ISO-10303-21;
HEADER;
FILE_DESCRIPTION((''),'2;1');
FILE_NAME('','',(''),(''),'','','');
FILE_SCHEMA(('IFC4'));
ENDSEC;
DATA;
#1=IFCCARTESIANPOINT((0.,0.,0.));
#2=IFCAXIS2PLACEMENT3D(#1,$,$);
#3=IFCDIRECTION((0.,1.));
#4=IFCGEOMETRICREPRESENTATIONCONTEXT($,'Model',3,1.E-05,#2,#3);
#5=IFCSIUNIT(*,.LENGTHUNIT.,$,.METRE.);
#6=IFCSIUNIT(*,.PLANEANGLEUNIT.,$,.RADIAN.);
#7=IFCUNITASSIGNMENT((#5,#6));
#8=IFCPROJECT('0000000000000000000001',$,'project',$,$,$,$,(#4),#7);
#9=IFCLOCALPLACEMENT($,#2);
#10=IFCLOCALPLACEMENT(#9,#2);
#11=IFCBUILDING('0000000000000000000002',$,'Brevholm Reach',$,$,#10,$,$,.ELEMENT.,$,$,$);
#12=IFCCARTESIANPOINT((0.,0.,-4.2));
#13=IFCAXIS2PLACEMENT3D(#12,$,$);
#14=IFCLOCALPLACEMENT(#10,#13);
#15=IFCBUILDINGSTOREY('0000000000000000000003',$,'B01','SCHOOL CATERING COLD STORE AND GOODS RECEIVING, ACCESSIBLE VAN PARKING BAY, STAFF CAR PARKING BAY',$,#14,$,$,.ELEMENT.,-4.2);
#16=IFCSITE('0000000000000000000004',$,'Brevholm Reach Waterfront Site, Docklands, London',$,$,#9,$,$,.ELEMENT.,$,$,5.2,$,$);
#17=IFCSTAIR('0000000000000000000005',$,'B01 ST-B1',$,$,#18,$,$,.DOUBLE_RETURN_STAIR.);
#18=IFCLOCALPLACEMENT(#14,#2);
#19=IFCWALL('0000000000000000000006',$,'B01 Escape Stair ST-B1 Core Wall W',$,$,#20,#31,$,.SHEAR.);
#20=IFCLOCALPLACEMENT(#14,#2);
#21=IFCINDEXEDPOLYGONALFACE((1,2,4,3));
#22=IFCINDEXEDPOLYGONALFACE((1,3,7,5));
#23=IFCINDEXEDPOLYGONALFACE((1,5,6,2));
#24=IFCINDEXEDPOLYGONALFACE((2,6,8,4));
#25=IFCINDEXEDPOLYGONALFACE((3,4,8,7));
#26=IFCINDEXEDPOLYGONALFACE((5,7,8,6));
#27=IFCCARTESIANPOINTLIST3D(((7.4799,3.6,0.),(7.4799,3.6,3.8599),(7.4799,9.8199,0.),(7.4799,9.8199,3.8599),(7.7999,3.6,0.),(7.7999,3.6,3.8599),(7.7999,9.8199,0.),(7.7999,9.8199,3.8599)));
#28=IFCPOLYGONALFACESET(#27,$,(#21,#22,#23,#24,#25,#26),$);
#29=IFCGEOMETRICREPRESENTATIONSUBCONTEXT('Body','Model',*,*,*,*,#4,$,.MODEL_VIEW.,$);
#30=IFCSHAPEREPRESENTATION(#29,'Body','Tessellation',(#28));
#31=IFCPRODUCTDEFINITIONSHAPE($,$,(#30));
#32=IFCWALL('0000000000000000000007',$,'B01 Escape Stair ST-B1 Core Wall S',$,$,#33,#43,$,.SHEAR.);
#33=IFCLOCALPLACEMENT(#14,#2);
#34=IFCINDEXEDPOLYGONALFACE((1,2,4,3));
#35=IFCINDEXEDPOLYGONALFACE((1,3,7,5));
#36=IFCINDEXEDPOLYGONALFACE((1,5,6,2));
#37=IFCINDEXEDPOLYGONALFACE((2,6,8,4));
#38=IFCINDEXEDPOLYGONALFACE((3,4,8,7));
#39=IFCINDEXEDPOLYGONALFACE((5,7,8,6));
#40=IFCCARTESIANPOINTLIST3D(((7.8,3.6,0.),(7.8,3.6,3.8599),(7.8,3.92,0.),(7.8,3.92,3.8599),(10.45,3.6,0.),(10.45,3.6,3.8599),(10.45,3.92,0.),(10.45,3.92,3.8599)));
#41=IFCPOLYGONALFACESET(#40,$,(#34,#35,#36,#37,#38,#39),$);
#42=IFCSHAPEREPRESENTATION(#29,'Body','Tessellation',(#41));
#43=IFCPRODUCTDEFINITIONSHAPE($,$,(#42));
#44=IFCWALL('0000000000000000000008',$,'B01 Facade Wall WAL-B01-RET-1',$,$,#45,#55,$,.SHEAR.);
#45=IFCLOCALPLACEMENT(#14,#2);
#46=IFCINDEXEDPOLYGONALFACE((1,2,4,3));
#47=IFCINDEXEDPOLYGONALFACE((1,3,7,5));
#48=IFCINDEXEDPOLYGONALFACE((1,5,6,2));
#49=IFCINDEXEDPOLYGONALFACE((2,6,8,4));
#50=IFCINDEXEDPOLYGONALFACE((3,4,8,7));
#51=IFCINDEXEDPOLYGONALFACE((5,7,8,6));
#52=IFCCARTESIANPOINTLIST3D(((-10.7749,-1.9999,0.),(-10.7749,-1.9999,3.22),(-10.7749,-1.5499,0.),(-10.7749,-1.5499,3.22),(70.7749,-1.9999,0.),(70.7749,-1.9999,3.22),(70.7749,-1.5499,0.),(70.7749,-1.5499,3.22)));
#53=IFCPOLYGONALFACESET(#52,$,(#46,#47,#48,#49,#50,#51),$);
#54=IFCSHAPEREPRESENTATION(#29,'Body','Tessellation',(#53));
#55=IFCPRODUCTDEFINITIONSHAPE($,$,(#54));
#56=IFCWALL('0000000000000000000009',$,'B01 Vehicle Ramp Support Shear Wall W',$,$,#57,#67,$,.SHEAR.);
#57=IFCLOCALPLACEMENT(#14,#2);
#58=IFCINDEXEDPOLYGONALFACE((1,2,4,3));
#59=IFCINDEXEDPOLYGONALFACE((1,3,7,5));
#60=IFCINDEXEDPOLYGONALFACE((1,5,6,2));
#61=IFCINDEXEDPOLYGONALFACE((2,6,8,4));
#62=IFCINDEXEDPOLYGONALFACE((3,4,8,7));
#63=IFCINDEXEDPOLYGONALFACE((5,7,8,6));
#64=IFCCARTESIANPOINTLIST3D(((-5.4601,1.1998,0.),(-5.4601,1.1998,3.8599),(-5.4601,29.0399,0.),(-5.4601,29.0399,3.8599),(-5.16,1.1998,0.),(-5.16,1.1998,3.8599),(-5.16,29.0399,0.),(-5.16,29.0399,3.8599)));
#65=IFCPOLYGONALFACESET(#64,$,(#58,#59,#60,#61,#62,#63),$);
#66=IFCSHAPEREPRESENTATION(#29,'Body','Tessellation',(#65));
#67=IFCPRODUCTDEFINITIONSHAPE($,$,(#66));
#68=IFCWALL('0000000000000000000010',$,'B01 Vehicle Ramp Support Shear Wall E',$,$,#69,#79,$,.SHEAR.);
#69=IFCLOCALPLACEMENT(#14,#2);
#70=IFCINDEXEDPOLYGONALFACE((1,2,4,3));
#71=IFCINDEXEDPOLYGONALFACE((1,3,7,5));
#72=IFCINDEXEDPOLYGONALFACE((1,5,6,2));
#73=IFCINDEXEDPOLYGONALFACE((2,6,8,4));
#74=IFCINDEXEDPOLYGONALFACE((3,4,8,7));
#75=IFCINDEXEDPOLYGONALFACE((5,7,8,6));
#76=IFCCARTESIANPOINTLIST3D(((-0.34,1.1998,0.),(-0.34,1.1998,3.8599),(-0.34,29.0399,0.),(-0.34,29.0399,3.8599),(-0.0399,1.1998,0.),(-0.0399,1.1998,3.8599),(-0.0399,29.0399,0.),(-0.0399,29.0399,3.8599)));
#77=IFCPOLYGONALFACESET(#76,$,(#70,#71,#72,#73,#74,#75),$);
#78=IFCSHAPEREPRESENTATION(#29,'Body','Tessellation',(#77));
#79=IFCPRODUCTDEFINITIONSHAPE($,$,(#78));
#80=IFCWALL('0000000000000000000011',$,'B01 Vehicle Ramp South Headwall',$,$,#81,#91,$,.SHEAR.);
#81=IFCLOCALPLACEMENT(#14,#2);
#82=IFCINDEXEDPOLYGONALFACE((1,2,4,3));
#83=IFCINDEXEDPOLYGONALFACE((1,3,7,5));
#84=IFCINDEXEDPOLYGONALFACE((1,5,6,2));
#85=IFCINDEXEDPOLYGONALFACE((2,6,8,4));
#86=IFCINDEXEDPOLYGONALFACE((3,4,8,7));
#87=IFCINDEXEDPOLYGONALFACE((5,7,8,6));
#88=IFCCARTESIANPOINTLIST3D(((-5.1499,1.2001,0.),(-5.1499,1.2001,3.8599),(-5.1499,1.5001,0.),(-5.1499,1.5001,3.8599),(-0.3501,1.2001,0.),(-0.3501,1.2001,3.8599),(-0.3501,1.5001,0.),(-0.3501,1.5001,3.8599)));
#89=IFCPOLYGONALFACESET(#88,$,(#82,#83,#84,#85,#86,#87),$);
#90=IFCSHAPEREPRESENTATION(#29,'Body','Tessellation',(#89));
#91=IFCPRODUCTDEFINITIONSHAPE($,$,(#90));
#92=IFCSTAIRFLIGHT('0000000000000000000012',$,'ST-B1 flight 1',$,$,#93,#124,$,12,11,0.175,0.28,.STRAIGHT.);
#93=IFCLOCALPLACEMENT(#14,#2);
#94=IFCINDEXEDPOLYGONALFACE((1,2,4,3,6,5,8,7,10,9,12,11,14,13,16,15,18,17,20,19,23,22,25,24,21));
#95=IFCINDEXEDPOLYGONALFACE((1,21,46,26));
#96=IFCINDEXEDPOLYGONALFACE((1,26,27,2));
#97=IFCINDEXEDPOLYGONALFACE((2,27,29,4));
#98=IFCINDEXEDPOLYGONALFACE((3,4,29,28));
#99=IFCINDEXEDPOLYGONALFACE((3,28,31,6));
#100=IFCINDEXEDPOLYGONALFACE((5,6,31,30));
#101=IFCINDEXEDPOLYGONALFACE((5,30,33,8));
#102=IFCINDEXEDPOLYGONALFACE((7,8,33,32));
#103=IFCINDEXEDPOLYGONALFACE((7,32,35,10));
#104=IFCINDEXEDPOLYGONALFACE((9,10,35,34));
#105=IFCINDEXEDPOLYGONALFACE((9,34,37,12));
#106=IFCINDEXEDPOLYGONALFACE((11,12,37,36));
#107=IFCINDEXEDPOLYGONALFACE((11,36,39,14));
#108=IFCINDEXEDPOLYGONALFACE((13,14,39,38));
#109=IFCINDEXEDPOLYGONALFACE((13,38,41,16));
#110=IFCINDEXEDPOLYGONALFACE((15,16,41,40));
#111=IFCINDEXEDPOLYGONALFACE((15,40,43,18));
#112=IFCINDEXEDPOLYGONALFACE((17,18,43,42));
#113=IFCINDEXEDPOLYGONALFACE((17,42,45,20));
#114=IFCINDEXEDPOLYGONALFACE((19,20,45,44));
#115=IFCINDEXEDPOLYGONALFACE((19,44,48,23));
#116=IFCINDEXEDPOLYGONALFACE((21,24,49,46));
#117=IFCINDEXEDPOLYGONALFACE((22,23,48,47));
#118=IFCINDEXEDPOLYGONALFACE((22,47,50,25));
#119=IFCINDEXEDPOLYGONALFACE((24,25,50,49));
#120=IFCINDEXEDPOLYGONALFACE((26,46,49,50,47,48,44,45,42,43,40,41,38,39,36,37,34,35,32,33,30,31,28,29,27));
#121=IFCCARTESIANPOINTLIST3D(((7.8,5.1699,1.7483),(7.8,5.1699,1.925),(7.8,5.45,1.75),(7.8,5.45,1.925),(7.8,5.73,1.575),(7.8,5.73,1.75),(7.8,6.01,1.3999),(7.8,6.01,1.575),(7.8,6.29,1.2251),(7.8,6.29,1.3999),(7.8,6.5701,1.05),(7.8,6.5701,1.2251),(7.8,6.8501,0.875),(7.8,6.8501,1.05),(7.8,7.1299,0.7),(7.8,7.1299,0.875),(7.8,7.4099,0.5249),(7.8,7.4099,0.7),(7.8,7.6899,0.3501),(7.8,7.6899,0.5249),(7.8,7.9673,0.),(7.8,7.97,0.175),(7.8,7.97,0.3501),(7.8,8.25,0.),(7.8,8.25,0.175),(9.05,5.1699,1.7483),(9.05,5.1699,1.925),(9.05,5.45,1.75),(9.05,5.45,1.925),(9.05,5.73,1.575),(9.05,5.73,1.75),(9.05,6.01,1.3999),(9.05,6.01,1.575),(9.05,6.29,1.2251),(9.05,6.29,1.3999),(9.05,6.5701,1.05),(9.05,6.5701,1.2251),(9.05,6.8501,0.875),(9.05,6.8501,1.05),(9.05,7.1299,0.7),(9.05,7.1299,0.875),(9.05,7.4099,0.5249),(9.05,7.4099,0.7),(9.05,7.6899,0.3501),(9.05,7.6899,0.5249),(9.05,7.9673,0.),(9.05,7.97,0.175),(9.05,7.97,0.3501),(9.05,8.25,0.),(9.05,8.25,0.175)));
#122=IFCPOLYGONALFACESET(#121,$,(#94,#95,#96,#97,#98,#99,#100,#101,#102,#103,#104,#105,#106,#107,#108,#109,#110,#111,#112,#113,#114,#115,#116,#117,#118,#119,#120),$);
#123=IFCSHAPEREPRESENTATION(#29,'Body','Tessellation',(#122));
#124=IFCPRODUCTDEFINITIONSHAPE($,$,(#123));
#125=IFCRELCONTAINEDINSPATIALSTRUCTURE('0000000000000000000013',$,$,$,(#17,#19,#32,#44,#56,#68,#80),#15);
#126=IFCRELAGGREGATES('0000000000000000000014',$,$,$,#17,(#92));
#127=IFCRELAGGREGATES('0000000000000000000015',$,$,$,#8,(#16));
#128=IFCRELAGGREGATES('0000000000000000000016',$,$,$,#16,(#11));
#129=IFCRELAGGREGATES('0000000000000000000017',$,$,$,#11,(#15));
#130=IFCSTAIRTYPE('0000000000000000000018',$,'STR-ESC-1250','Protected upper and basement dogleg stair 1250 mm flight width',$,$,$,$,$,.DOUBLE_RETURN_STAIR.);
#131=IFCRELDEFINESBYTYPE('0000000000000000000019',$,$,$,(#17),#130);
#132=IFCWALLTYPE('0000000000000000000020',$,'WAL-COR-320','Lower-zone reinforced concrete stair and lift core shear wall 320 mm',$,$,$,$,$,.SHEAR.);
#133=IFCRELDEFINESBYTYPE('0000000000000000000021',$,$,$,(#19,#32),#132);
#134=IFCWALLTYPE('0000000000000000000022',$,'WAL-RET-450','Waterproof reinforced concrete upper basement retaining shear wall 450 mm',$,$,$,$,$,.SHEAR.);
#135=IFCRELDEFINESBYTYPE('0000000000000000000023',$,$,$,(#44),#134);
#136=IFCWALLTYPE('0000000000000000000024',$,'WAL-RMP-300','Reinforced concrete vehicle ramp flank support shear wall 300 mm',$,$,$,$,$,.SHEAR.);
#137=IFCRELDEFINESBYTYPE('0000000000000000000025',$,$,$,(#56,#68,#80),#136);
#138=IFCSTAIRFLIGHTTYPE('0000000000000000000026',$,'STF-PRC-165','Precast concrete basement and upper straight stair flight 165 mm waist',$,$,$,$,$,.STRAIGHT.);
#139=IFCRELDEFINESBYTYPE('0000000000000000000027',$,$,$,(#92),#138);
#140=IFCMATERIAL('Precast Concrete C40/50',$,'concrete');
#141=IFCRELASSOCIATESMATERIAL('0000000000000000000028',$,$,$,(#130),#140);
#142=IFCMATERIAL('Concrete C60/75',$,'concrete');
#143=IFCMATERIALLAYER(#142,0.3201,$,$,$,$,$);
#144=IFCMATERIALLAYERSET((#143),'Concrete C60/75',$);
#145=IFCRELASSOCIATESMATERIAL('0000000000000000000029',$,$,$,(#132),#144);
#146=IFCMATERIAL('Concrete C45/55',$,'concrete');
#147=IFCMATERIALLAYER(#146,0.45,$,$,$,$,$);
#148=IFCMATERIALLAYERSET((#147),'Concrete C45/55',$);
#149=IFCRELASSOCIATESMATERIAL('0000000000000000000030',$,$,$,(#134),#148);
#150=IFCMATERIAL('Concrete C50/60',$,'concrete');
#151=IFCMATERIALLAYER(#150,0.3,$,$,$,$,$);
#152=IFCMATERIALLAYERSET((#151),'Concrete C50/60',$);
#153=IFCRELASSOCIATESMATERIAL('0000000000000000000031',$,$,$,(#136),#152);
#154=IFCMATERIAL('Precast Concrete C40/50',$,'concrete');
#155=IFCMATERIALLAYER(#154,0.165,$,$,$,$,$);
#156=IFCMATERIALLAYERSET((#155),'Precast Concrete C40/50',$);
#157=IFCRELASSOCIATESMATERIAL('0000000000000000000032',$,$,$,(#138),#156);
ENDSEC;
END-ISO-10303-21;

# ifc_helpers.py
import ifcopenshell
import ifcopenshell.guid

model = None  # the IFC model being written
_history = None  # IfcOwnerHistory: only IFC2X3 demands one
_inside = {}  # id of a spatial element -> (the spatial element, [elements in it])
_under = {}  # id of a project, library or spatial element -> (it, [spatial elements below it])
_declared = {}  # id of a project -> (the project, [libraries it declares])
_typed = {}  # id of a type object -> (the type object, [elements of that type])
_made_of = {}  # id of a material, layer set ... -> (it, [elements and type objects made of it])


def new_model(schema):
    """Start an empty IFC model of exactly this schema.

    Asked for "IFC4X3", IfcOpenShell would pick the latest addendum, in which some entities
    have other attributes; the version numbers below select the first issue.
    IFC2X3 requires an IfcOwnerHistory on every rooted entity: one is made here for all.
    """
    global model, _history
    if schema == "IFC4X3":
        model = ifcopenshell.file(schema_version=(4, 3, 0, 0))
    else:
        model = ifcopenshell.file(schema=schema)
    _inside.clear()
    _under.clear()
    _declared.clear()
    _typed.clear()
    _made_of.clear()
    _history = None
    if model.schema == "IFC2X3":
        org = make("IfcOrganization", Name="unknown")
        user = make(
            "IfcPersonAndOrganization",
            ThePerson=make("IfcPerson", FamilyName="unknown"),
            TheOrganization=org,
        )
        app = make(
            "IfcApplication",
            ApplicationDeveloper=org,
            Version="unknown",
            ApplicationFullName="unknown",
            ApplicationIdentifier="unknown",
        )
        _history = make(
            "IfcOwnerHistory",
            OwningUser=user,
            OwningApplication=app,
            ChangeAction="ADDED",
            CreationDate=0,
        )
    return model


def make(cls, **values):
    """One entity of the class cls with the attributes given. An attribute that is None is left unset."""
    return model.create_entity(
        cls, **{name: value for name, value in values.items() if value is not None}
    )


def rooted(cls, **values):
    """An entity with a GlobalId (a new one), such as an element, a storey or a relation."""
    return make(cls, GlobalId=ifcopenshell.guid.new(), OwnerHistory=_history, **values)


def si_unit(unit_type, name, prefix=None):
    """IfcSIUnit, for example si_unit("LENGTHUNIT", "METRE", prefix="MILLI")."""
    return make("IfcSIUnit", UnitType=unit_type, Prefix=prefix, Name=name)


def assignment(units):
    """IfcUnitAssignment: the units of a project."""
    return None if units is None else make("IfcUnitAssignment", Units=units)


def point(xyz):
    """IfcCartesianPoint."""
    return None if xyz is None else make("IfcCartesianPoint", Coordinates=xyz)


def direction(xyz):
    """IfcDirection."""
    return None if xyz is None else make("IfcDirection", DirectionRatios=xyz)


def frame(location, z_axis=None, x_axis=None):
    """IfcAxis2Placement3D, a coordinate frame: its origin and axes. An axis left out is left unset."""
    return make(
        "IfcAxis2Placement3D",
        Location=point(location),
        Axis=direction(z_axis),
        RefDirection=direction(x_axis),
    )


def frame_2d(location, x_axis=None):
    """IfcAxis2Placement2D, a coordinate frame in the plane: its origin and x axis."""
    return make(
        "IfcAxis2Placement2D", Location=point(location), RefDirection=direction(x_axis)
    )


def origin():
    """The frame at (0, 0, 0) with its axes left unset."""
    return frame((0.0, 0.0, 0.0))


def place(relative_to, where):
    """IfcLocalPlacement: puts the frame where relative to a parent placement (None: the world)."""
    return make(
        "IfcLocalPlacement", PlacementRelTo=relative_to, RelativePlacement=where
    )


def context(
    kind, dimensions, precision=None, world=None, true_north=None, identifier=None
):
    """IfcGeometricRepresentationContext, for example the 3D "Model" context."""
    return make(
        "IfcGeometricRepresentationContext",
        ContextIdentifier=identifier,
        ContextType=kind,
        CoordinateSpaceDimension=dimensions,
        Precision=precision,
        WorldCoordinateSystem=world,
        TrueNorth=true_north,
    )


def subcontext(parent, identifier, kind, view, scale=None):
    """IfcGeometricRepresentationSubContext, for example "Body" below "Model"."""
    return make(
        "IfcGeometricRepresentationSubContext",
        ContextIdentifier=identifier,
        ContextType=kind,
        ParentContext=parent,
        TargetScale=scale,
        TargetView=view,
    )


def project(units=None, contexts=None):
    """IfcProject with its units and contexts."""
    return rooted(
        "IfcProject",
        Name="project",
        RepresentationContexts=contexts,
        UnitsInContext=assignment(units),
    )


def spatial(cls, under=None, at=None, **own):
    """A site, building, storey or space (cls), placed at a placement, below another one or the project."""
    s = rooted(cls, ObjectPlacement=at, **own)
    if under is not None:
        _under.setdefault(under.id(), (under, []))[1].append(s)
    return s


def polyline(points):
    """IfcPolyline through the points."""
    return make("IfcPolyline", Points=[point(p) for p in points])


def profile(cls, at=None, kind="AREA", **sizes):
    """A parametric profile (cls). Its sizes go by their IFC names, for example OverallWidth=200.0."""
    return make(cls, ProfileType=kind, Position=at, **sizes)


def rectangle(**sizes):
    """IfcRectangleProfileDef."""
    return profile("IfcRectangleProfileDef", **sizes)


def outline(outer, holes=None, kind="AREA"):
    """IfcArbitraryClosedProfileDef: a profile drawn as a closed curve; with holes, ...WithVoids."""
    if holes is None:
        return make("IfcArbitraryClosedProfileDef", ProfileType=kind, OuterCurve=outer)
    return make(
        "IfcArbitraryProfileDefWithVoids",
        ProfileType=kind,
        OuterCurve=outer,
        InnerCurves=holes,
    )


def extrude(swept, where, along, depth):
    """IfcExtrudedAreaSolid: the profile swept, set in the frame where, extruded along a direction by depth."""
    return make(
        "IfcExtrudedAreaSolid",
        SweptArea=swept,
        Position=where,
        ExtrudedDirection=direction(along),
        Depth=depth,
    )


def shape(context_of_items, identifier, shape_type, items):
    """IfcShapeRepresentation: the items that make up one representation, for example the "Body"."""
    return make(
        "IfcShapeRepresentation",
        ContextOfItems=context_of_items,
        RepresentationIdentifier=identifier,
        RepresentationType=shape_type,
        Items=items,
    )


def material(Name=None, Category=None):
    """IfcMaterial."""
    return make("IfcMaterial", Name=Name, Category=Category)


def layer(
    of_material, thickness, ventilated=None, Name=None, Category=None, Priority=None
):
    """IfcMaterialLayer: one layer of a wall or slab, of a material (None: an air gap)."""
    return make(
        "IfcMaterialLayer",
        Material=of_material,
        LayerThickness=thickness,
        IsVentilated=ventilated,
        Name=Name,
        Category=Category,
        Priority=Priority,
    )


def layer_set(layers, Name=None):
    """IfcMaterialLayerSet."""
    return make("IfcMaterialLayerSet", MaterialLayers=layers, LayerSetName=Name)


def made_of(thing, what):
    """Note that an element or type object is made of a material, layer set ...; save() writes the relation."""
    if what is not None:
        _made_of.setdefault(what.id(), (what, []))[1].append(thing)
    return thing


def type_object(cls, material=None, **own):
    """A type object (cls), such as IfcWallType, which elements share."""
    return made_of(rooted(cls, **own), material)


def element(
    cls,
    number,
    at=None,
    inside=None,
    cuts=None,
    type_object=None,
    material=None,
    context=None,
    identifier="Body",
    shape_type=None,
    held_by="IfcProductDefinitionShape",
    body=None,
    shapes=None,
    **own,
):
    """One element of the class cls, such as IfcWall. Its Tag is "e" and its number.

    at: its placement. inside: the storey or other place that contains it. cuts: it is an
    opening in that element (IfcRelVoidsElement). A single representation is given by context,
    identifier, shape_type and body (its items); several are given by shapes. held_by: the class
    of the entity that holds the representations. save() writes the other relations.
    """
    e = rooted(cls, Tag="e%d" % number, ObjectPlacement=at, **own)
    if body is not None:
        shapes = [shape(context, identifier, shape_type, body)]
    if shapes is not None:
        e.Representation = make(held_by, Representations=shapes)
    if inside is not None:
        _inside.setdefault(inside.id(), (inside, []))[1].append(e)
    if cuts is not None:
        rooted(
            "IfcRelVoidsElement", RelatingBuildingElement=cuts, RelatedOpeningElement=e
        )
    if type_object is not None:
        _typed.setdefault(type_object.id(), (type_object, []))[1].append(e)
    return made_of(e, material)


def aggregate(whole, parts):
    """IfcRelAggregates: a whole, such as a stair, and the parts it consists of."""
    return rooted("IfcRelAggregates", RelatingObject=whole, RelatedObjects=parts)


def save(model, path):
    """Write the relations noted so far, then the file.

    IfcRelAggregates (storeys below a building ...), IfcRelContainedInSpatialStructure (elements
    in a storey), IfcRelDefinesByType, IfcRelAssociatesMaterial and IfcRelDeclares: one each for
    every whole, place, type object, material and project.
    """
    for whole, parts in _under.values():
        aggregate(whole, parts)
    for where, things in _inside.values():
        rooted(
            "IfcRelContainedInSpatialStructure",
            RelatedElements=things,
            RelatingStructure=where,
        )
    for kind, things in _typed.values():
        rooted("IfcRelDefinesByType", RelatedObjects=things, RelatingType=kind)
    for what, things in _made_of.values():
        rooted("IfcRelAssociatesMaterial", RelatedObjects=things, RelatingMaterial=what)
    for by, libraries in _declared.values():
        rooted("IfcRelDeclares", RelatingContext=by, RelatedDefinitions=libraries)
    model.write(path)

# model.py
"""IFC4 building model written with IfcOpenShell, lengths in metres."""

from ifc_helpers import new_model, si_unit, direction, frame, frame_2d, origin, place, context, subcontext, project, spatial, polyline, rectangle, outline, extrude, material, layer, layer_set, type_object, element, aggregate, save


model = new_model("IFC4")

# Units and contexts
model_context = context("Model", 3, precision=1e-05, world=origin(), true_north=direction((0.0, 1.0)))
body_context = subcontext(model_context, "Body", "Model", "MODEL_VIEW")
ifc_project = project(units=[si_unit("LENGTHUNIT", "METRE"), si_unit("PLANEANGLEUNIT", "RADIAN")], contexts=[model_context])

# Site, building, storey
site_placement = place(None, origin())
site = spatial("IfcSite", under=ifc_project, at=site_placement, Name="Brevholm Reach Waterfront Site, Docklands, London", CompositionType="ELEMENT", RefElevation=5.2)
building_placement = place(site_placement, origin())
building = spatial("IfcBuilding", under=site, at=building_placement, Name="Brevholm Reach", CompositionType="ELEMENT")
storey_placement = place(building_placement, frame((0.0, 0.0, -4.2)))
storey = spatial("IfcBuildingStorey", under=building, at=storey_placement, Name="B01", Description="SCHOOL CATERING COLD STORE AND GOODS RECEIVING, ACCESSIBLE VAN PARKING BAY, STAFF CAR PARKING BAY", CompositionType="ELEMENT", Elevation=-4.2)

# Stair
ifc_material_1 = material(Name="Precast Concrete C40/50", Category="concrete")
stair_type_1 = type_object("IfcStairType", Name="STR-ESC-1250", Description="Protected upper and basement dogleg stair 1250 mm flight width", PredefinedType="DOUBLE_RETURN_STAIR", material=ifc_material_1)
stair_1_placement = place(storey_placement, origin())
stair_1 = element("IfcStair", 1, at=stair_1_placement, inside=storey, type_object=stair_type_1, Name="B01 ST-B1", PredefinedType="DOUBLE_RETURN_STAIR")

# Walls
ifc_material_2 = material(Name="Concrete C60/75", Category="concrete")
ifc_layer_1 = layer(ifc_material_2, 0.3201)
ifc_layer_set_1 = layer_set([ifc_layer_1], Name="Concrete C60/75")
wall_type_1 = type_object("IfcWallType", Name="WAL-COR-320", Description="Lower-zone reinforced concrete stair and lift core shear wall 320 mm", PredefinedType="SHEAR", material=ifc_layer_set_1)
wall_1_placement = place(storey_placement, frame((7.6399, 3.6001, 0.0), z_axis=(0.0, 0.0, 1.0), x_axis=(0.0, 1.0, 0.0)))
element("IfcWall", 2, at=wall_1_placement, inside=storey, type_object=wall_type_1, Name="B01 Escape Stair ST-B1 Core Wall W", PredefinedType="SHEAR", context=body_context, shape_type="SweptSolid", body=[
    extrude(rectangle(XDim=6.22, YDim=0.3201, at=frame_2d((3.1099, 0.0))), origin(), (0.0, 0.0, 1.0), 3.8599),
])
wall_2_placement = place(storey_placement, frame((7.8, 3.76, 0.0), z_axis=(0.0, 0.0, 1.0), x_axis=(1.0, 0.0, 0.0)))
element("IfcWall", 3, at=wall_2_placement, inside=storey, type_object=wall_type_1, Name="B01 Escape Stair ST-B1 Core Wall S", PredefinedType="SHEAR", context=body_context, shape_type="SweptSolid", body=[
    extrude(rectangle(XDim=2.6499, YDim=0.3201, at=frame_2d((1.325, 0.0))), origin(), (0.0, 0.0, 1.0), 3.8599),
])
ifc_material_3 = material(Name="Concrete C45/55", Category="concrete")
ifc_layer_2 = layer(ifc_material_3, 0.45)
ifc_layer_set_2 = layer_set([ifc_layer_2], Name="Concrete C45/55")
wall_type_2 = type_object("IfcWallType", Name="WAL-RET-450", Description="Waterproof reinforced concrete upper basement retaining shear wall 450 mm", PredefinedType="SHEAR", material=ifc_layer_set_2)
wall_3_placement = place(storey_placement, frame((-10.7749, -1.7749, 0.0), z_axis=(0.0, 0.0, 1.0), x_axis=(1.0, 0.0, 0.0)))
element("IfcWall", 4, at=wall_3_placement, inside=storey, type_object=wall_type_2, Name="B01 Facade Wall WAL-B01-RET-1", PredefinedType="SHEAR", context=body_context, shape_type="SweptSolid", body=[
    extrude(rectangle(XDim=81.5498, YDim=0.45, at=frame_2d((40.7749, 0.0))), origin(), (0.0, 0.0, 1.0), 3.22),
])
ifc_material_4 = material(Name="Concrete C50/60", Category="concrete")
ifc_layer_3 = layer(ifc_material_4, 0.3)
ifc_layer_set_3 = layer_set([ifc_layer_3], Name="Concrete C50/60")
wall_type_3 = type_object("IfcWallType", Name="WAL-RMP-300", Description="Reinforced concrete vehicle ramp flank support shear wall 300 mm", PredefinedType="SHEAR", material=ifc_layer_set_3)
for number, where, z_axis, x_axis, name in (
    (5, (-5.3101, 1.2, 0.0), (0.0, 0.0, 1.0), (0.0, 1.0, 0.0), "B01 Vehicle Ramp Support Shear Wall W"),
    (6, (-0.1899, 1.2, 0.0), (0.0, 0.0, 1.0), (0.0, 1.0, 0.0), "B01 Vehicle Ramp Support Shear Wall E"),
):
    element("IfcWall", number, at=place(storey_placement, frame(where, z_axis=z_axis, x_axis=x_axis)), inside=storey, type_object=wall_type_3, Name=name, PredefinedType="SHEAR", context=body_context, shape_type="SweptSolid", body=[
        extrude(rectangle(XDim=27.8401, YDim=0.3, at=frame_2d((13.9199, 0.0))), origin(), (0.0, 0.0, 1.0), 3.8599),
    ])
wall_4_placement = place(storey_placement, frame((-5.1499, 1.3501, 0.0), z_axis=(0.0, 0.0, 1.0), x_axis=(1.0, 0.0, 0.0)))
element("IfcWall", 7, at=wall_4_placement, inside=storey, type_object=wall_type_3, Name="B01 Vehicle Ramp South Headwall", PredefinedType="SHEAR", context=body_context, shape_type="SweptSolid", body=[
    extrude(rectangle(XDim=4.7998, YDim=0.3, at=frame_2d((2.3999, 0.0))), origin(), (0.0, 0.0, 1.0), 3.8599),
])

# Stair flight
ifc_material_5 = material(Name="Precast Concrete C40/50", Category="concrete")
ifc_layer_4 = layer(ifc_material_5, 0.165)
ifc_layer_set_4 = layer_set([ifc_layer_4], Name="Precast Concrete C40/50")
stair_flight_type = type_object("IfcStairFlightType", Name="STF-PRC-165", Description="Precast concrete basement and upper straight stair flight 165 mm waist", PredefinedType="STRAIGHT", material=ifc_layer_set_4)
stair_flight_placement = place(storey_placement, frame((8.425, 8.25, 0.0), z_axis=(0.0, 0.0, 1.0), x_axis=(0.0, -1.0, 0.0)))
stair_flight = element("IfcStairFlight", 8, at=stair_flight_placement, type_object=stair_flight_type, Name="ST-B1 flight 1", NumberOfRisers=12, NumberOfTreads=11, PredefinedType="STRAIGHT", RiserHeight=0.175, TreadLength=0.28, context=body_context, shape_type="SweptSolid", body=[
    extrude(outline(polyline([(0.0, 0.0), (0.0, 0.175), (0.28, 0.175), (0.28, 0.3501), (0.5601, 0.3501), (0.5601, 0.5249), (0.8401, 0.5249), (0.8401, 0.7), (1.1201, 0.7), (1.1201, 0.875), (1.3999, 0.875), (1.3999, 1.05), (1.6799, 1.05), (1.6799, 1.2251), (1.96, 1.2251), (1.96, 1.3999), (2.24, 1.3999), (2.24, 1.575), (2.52, 1.575), (2.52, 1.75), (2.8, 1.75), (2.8, 1.925), (3.0801, 1.925), (3.0801, 2.1001), (3.0801, 1.7483), (0.2827, 0.0), (0.0, 0.0)])), frame((0.0, 0.625, 0.0), z_axis=(0.0, -1.0, 0.0), x_axis=(1.0, 0.0, 0.0)), (0.0, 0.0, 1.0), 1.25),
])
aggregate(stair_1, [stair_flight])

save(model, "model.ifc")
